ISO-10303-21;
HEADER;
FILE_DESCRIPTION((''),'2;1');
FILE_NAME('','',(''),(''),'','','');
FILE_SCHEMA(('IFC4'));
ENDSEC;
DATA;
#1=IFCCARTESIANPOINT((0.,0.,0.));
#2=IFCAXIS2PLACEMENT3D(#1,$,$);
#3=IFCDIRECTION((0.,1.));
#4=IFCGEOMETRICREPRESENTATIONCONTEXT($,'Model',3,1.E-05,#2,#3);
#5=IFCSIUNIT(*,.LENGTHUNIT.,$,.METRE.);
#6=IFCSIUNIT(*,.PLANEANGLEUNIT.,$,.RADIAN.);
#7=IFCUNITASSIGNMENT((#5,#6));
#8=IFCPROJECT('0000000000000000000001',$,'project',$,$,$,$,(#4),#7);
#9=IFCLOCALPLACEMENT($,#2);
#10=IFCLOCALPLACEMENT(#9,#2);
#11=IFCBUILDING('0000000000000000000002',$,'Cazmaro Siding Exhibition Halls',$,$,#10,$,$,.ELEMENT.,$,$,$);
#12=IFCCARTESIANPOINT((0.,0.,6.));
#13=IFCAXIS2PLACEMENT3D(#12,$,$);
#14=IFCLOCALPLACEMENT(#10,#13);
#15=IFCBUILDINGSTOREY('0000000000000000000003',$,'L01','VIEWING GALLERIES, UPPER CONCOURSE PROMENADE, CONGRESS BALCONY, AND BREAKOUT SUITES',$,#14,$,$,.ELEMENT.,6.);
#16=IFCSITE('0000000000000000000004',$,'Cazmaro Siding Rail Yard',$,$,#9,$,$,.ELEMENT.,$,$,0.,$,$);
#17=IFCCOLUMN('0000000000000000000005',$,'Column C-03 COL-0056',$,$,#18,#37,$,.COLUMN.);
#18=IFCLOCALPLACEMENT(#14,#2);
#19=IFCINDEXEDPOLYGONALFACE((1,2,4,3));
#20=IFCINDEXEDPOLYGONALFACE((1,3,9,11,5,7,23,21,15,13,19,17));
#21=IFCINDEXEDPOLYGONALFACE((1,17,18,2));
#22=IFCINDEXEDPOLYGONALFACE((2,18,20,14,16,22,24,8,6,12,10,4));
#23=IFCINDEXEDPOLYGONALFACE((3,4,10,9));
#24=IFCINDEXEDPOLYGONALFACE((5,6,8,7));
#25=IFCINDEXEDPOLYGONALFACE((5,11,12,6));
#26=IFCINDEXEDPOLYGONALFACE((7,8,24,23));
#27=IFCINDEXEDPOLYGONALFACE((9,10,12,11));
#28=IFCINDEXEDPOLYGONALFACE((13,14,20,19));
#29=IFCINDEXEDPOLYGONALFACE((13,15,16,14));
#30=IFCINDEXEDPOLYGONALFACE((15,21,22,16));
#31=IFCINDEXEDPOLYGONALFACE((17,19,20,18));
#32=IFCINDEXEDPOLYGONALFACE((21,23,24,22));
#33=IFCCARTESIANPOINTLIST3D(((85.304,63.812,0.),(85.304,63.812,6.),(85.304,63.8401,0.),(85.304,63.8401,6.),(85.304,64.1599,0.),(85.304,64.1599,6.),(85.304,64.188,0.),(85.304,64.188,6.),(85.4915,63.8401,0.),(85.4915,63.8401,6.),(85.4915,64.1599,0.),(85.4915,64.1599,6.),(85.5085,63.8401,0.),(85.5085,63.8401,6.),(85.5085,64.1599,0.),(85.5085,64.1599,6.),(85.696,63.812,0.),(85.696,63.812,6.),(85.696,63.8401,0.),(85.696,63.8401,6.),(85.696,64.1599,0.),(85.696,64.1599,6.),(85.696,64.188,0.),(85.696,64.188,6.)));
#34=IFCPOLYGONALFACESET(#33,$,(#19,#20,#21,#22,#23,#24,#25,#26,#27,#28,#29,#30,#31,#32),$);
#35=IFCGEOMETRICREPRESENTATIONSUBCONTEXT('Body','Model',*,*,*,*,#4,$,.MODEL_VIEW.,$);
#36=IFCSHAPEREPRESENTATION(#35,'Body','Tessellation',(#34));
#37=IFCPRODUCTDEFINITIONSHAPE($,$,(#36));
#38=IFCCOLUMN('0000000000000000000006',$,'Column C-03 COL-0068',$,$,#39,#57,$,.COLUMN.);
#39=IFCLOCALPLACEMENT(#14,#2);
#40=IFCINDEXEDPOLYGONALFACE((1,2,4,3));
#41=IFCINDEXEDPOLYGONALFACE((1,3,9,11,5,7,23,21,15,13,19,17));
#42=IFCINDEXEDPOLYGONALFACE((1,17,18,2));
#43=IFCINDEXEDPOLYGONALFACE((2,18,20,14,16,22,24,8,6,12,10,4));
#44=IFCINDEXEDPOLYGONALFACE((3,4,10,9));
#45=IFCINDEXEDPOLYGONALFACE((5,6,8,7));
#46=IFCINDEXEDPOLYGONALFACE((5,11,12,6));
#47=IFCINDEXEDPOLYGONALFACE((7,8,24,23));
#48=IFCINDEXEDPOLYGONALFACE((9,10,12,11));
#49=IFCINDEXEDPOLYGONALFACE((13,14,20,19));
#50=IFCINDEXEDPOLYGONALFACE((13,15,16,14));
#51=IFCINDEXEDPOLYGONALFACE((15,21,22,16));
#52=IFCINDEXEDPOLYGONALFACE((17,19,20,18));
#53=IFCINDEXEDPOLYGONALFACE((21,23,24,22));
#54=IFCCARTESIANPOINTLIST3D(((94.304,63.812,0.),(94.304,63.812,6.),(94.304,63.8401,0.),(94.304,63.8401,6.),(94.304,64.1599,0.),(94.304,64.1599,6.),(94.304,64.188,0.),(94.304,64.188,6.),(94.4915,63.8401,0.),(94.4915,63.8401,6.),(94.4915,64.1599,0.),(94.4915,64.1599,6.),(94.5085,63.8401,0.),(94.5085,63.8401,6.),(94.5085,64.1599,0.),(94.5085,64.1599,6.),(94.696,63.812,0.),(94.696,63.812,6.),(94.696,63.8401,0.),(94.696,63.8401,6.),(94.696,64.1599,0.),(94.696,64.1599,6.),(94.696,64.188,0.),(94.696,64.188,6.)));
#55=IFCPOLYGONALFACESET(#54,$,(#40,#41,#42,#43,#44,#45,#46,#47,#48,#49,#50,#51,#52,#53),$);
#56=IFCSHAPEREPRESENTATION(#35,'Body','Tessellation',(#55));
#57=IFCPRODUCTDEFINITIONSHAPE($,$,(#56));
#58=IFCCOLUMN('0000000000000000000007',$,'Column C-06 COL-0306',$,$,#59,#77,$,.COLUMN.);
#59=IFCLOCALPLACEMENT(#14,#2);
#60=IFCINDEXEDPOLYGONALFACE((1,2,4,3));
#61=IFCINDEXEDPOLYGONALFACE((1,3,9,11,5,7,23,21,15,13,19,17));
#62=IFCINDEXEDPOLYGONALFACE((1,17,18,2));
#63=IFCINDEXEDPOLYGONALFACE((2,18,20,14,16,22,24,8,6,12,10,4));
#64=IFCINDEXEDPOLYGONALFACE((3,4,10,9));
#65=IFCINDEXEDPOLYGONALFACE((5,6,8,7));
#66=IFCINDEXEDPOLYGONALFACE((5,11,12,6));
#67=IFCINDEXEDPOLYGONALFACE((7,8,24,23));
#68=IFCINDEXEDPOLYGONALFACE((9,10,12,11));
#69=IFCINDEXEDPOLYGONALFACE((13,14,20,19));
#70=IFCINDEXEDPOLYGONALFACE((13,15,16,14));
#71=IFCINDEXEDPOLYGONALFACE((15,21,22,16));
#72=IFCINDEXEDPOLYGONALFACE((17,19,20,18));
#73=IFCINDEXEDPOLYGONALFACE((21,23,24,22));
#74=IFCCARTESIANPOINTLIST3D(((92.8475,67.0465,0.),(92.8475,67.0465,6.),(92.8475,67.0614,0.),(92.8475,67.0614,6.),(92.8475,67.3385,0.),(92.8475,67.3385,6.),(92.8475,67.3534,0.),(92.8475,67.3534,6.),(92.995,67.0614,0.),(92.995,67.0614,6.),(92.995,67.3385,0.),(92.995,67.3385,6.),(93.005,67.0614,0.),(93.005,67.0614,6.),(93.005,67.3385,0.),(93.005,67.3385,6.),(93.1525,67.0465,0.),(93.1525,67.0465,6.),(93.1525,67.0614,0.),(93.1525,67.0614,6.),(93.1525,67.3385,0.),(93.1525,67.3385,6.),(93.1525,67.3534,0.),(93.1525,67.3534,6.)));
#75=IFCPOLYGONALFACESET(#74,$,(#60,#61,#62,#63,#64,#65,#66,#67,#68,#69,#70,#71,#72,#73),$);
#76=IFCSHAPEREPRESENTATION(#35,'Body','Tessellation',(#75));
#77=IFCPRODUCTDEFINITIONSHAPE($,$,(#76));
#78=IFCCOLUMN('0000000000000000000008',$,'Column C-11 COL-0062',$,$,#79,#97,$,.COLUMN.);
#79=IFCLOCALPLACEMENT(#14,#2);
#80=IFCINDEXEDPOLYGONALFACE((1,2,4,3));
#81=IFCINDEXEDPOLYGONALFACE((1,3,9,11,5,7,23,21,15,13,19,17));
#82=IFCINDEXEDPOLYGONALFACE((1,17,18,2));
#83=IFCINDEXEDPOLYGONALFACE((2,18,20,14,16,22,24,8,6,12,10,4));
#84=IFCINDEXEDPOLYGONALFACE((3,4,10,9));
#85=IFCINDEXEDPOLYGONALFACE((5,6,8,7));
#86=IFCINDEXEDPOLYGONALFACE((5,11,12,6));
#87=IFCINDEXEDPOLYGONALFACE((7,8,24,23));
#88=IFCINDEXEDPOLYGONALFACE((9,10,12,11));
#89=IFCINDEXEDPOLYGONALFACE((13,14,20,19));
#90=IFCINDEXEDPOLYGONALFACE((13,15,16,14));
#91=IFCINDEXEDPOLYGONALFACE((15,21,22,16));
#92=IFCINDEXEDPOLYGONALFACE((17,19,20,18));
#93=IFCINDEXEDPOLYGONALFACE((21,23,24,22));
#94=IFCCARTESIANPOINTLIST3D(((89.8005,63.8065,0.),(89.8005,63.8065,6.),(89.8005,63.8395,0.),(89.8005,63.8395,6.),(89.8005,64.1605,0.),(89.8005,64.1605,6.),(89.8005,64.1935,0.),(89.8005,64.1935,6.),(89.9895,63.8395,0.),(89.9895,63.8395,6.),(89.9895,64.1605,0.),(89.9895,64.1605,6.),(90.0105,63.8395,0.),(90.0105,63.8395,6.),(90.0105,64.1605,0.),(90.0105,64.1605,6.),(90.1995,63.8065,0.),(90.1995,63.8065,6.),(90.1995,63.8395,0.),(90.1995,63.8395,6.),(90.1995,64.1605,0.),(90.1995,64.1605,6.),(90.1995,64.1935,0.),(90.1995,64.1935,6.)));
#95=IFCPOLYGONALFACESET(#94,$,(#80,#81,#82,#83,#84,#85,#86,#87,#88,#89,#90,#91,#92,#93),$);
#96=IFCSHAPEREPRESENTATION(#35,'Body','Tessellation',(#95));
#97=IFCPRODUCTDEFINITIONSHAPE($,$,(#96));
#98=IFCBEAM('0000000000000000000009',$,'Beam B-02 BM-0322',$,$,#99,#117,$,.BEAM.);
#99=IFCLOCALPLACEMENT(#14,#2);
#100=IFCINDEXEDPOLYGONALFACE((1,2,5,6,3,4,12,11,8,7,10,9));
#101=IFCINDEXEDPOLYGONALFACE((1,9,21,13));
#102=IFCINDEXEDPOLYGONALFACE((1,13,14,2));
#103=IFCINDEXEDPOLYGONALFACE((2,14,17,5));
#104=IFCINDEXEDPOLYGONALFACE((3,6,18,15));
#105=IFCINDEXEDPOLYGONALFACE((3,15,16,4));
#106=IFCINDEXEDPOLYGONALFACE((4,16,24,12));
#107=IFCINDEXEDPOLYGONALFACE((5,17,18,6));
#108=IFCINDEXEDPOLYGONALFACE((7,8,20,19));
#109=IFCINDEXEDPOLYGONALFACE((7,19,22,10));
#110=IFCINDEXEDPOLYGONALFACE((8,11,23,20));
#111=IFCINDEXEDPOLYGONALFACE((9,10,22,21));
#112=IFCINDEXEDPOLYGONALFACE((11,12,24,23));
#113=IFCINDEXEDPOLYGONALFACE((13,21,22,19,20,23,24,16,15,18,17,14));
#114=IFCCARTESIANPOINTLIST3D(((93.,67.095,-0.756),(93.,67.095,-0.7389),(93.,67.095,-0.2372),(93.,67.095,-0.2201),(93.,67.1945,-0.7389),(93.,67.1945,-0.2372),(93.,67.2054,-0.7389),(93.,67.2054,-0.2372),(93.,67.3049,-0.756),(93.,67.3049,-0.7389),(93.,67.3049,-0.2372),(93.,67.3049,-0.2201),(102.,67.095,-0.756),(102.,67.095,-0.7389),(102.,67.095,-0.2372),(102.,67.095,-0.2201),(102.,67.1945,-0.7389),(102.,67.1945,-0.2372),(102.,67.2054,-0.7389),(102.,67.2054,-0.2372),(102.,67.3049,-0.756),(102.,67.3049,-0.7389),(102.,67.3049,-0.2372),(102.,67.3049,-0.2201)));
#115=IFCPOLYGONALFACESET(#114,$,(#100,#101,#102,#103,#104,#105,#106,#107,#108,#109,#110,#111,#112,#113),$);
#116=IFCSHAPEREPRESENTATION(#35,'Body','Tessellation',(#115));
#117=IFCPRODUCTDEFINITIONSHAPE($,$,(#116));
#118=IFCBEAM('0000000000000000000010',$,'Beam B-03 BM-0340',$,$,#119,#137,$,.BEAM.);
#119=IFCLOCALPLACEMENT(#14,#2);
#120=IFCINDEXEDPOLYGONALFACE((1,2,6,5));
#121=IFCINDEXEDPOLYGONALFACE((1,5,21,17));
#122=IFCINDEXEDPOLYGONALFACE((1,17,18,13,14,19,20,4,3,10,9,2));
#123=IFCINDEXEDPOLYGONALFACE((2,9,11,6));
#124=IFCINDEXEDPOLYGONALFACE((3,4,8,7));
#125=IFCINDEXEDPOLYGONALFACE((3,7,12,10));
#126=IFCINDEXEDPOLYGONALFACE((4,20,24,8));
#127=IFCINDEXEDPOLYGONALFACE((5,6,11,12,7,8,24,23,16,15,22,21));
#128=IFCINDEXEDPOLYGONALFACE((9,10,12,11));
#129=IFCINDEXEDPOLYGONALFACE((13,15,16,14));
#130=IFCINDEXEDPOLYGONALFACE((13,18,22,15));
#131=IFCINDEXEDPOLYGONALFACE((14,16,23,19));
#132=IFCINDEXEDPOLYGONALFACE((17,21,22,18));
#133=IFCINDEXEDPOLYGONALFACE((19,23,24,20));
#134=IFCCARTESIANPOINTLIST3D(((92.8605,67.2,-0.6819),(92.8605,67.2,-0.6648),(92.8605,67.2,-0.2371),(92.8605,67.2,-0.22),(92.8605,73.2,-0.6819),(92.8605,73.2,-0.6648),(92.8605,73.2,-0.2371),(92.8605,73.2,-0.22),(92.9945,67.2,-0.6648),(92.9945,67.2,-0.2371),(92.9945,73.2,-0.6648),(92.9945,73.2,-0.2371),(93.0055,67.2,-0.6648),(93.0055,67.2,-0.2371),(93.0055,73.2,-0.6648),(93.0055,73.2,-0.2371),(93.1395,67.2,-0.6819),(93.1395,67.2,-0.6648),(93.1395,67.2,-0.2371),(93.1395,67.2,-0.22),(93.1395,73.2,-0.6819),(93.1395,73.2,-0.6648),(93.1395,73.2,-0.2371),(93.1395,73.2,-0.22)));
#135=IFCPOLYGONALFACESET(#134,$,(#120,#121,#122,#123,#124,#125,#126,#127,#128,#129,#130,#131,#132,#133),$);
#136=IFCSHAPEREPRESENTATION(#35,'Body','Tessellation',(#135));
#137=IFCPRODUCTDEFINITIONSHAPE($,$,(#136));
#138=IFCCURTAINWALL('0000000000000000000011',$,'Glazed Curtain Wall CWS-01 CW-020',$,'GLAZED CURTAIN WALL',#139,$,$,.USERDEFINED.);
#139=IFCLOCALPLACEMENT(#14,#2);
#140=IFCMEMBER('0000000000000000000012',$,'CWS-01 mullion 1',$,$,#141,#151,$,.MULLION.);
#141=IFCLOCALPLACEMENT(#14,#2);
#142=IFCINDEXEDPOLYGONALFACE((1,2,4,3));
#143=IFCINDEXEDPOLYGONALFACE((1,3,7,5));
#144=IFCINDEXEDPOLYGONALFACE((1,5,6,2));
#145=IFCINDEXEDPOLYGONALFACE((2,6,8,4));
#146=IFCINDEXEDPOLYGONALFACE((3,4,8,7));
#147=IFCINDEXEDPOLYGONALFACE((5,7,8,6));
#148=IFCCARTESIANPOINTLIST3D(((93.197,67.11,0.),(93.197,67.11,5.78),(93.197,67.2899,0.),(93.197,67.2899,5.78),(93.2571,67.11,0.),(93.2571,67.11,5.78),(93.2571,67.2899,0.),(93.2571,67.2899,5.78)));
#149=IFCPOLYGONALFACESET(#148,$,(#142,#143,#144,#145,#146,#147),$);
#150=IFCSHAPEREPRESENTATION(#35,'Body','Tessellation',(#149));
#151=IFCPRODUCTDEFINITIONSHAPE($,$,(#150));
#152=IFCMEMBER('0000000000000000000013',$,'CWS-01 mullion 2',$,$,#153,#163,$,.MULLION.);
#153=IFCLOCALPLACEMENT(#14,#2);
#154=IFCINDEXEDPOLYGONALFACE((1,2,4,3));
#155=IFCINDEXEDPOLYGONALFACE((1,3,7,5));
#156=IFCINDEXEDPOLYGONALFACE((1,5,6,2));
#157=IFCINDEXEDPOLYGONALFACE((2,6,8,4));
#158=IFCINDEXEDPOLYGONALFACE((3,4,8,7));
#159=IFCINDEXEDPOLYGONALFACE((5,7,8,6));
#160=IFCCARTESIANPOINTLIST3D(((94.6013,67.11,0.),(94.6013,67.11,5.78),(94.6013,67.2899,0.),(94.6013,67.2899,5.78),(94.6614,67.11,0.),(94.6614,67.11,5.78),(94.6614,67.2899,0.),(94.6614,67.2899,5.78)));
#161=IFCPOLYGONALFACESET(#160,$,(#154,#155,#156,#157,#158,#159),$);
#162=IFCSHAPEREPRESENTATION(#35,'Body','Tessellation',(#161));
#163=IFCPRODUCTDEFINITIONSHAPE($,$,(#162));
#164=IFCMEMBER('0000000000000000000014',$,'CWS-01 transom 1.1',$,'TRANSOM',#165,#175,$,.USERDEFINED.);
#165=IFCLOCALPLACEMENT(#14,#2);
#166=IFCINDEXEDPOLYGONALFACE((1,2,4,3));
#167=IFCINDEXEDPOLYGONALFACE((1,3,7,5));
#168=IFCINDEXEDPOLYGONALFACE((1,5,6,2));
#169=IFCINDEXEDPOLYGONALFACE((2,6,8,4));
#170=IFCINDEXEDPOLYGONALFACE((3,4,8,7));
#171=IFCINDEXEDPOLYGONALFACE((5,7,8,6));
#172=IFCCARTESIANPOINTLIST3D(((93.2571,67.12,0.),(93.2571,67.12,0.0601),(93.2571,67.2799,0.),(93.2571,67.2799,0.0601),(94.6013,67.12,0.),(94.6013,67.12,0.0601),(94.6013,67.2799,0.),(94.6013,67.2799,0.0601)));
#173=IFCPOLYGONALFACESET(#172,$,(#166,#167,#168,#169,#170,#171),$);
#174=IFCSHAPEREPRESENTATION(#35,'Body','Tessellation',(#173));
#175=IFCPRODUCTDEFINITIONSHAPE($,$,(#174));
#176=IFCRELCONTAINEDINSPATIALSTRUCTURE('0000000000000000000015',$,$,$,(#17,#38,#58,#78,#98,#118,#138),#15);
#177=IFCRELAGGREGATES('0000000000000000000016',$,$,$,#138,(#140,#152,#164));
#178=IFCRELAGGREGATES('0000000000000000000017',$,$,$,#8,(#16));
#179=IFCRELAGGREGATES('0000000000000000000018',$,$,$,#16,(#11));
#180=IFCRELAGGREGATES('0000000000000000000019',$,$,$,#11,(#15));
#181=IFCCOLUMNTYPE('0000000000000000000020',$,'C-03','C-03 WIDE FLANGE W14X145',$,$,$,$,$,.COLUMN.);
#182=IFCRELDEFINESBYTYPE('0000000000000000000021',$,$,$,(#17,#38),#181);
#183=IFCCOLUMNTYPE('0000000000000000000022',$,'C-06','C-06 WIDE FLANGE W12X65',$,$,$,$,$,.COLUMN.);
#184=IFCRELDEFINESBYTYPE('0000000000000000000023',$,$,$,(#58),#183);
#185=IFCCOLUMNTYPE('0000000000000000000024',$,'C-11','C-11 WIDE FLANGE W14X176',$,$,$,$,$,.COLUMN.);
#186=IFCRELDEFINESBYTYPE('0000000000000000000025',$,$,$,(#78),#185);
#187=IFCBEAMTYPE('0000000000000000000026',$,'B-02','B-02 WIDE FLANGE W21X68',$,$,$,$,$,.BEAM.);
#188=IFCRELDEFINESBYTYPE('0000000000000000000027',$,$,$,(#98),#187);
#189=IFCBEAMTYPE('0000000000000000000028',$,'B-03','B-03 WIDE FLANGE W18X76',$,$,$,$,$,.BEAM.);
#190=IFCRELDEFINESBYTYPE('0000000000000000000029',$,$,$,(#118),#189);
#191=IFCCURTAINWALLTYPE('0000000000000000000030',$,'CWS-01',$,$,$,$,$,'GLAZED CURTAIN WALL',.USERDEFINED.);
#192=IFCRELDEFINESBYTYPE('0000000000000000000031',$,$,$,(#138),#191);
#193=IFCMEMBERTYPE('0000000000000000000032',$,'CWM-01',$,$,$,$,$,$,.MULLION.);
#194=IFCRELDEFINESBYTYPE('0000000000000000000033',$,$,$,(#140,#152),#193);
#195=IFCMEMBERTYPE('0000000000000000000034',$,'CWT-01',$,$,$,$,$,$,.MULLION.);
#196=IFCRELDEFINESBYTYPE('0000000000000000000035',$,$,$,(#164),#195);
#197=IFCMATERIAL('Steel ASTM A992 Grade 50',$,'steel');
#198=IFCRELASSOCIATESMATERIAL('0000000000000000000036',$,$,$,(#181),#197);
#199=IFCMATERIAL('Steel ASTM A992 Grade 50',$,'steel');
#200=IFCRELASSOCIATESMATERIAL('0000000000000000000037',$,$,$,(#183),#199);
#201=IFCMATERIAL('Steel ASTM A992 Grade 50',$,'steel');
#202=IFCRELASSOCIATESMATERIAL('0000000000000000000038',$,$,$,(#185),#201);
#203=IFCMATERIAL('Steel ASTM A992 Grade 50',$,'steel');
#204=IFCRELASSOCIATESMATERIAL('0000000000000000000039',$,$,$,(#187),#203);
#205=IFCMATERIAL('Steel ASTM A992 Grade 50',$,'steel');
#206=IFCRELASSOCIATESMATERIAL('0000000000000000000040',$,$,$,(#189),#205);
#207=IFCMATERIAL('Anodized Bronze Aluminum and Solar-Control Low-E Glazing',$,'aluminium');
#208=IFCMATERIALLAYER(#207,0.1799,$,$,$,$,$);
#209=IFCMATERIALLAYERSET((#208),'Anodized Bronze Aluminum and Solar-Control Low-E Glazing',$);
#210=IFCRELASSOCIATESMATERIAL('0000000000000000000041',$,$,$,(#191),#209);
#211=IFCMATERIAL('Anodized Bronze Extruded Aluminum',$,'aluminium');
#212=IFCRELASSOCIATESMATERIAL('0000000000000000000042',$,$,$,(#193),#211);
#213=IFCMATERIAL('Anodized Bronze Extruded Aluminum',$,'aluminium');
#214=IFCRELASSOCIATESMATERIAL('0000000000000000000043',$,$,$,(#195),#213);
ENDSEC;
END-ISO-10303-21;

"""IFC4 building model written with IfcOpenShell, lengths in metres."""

from ifc_helpers import new_model, si_unit, direction, frame, origin, origin_2d, place, context, subcontext, project, spatial, rectangle, i_section, extrude, material, layer, layer_set, material_profile, profile_set, type_object, element, aggregate, save


model = new_model("IFC4")

# Units and contexts
model_context = context("Model", 3, precision=1e-05, world=origin(), true_north=direction((0.0, 1.0)))
body_context = subcontext(model_context, "Body", "Model", "MODEL_VIEW")
ifc_project = project(units=[si_unit("LENGTHUNIT", "METRE"), si_unit("PLANEANGLEUNIT", "RADIAN")], contexts=[model_context])

# Site, building, storey
site_placement = place(None, origin())
site = spatial("IfcSite", under=ifc_project, at=site_placement, Name="Cazmaro Siding Rail Yard", CompositionType="ELEMENT", RefElevation=0.0)
building_placement = place(site_placement, origin())
building = spatial("IfcBuilding", under=site, at=building_placement, Name="Cazmaro Siding Exhibition Halls", CompositionType="ELEMENT")
storey_placement = place(building_placement, frame((0.0, 0.0, 6.0)))
storey = spatial("IfcBuildingStorey", under=building, at=storey_placement, Name="L01", Description="VIEWING GALLERIES, UPPER CONCOURSE PROMENADE, CONGRESS BALCONY, AND BREAKOUT SUITES", CompositionType="ELEMENT", Elevation=6.0)

# Columns
ifc_material_1 = material(Name="Steel ASTM A992 Grade 50", Category="steel")
ifc_material_profile_1 = material_profile(ifc_material_1, i_section(OverallWidth=0.3921, OverallDepth=0.376, WebThickness=0.0171, FlangeThickness=0.0281, at=origin_2d()), Name="W14X145")
ifc_profile_set_1 = profile_set([ifc_material_profile_1], Name="Steel ASTM A992 Grade 50")
column_type_1 = type_object("IfcColumnType", Name="C-03", Description="C-03 WIDE FLANGE W14X145", PredefinedType="COLUMN", material=ifc_profile_set_1)
for number, where, z_axis, x_axis, name in (
    (1, (85.5, 64.0, 0.0), (0.0, 0.0, 1.0), (1.0, 0.0, 0.0), "Column C-03 COL-0056"),
    (2, (94.5, 64.0, 0.0), (0.0, 0.0, 1.0), (1.0, 0.0, 0.0), "Column C-03 COL-0068"),
):
    element("IfcColumn", number, at=place(storey_placement, frame(where, z_axis=z_axis, x_axis=x_axis)), inside=storey, type_object=column_type_1, Name=name, PredefinedType="COLUMN", context=body_context, shape_type="SweptSolid", body=[
        extrude(i_section(OverallWidth=0.3921, OverallDepth=0.376, WebThickness=0.0171, FlangeThickness=0.0281, at=origin_2d()), origin(), (0.0, 0.0, 1.0), 6.0),
    ])
ifc_material_2 = material(Name="Steel ASTM A992 Grade 50", Category="steel")
ifc_material_profile_2 = material_profile(ifc_material_2, i_section(OverallWidth=0.3049, OverallDepth=0.3069, WebThickness=0.01, FlangeThickness=0.0149, at=origin_2d()), Name="W12X65")
ifc_profile_set_2 = profile_set([ifc_material_profile_2], Name="Steel ASTM A992 Grade 50")
column_type_2 = type_object("IfcColumnType", Name="C-06", Description="C-06 WIDE FLANGE W12X65", PredefinedType="COLUMN", material=ifc_profile_set_2)
column_1_placement = place(storey_placement, frame((93.0, 67.2, 0.0), z_axis=(0.0, 0.0, 1.0), x_axis=(1.0, 0.0, 0.0)))
element("IfcColumn", 3, at=column_1_placement, inside=storey, type_object=column_type_2, Name="Column C-06 COL-0306", PredefinedType="COLUMN", context=body_context, shape_type="SweptSolid", body=[
    extrude(i_section(OverallWidth=0.3049, OverallDepth=0.3069, WebThickness=0.01, FlangeThickness=0.0149, at=origin_2d()), origin(), (0.0, 0.0, 1.0), 6.0),
])
ifc_material_3 = material(Name="Steel ASTM A992 Grade 50", Category="steel")
ifc_material_profile_3 = material_profile(ifc_material_3, i_section(OverallWidth=0.3989, OverallDepth=0.387, WebThickness=0.021, FlangeThickness=0.033, at=origin_2d()), Name="W14X176")
ifc_profile_set_3 = profile_set([ifc_material_profile_3], Name="Steel ASTM A992 Grade 50")
column_type_3 = type_object("IfcColumnType", Name="C-11", Description="C-11 WIDE FLANGE W14X176", PredefinedType="COLUMN", material=ifc_profile_set_3)
column_2_placement = place(storey_placement, frame((90.0, 64.0, 0.0), z_axis=(0.0, 0.0, 1.0), x_axis=(1.0, 0.0, 0.0)))
element("IfcColumn", 4, at=column_2_placement, inside=storey, type_object=column_type_3, Name="Column C-11 COL-0062", PredefinedType="COLUMN", context=body_context, shape_type="SweptSolid", body=[
    extrude(i_section(OverallWidth=0.3989, OverallDepth=0.387, WebThickness=0.021, FlangeThickness=0.033, at=origin_2d()), origin(), (0.0, 0.0, 1.0), 6.0),
])

# Beams
ifc_material_4 = material(Name="Steel ASTM A992 Grade 50", Category="steel")
ifc_material_profile_4 = material_profile(ifc_material_4, i_section(OverallWidth=0.21, OverallDepth=0.5359, WebThickness=0.011, FlangeThickness=0.0171, at=origin_2d()), Name="W21X68")
ifc_profile_set_4 = profile_set([ifc_material_profile_4], Name="Steel ASTM A992 Grade 50")
beam_type_1 = type_object("IfcBeamType", Name="B-02", Description="B-02 WIDE FLANGE W21X68", PredefinedType="BEAM", material=ifc_profile_set_4)
beam_1_placement = place(storey_placement, frame((93.0, 67.2, -0.488), z_axis=(1.0, 0.0, 0.0), x_axis=(0.0, 1.0, 0.0)))
element("IfcBeam", 5, at=beam_1_placement, inside=storey, type_object=beam_type_1, Name="Beam B-02 BM-0322", PredefinedType="BEAM", context=body_context, shape_type="SweptSolid", body=[
    extrude(i_section(OverallWidth=0.21, OverallDepth=0.5359, WebThickness=0.011, FlangeThickness=0.0171, at=origin_2d()), origin(), (0.0, 0.0, 1.0), 9.0),
])
ifc_material_5 = material(Name="Steel ASTM A992 Grade 50", Category="steel")
ifc_material_profile_5 = material_profile(ifc_material_5, i_section(OverallWidth=0.2791, OverallDepth=0.4619, WebThickness=0.011, FlangeThickness=0.0171, at=origin_2d()), Name="W18X76")
ifc_profile_set_5 = profile_set([ifc_material_profile_5], Name="Steel ASTM A992 Grade 50")
beam_type_2 = type_object("IfcBeamType", Name="B-03", Description="B-03 WIDE FLANGE W18X76", PredefinedType="BEAM", material=ifc_profile_set_5)
beam_2_placement = place(storey_placement, frame((93.0, 67.2, -0.4509), z_axis=(0.0, 1.0, 0.0), x_axis=(-1.0, 0.0, 0.0)))
element("IfcBeam", 6, at=beam_2_placement, inside=storey, type_object=beam_type_2, Name="Beam B-03 BM-0340", PredefinedType="BEAM", context=body_context, shape_type="SweptSolid", body=[
    extrude(i_section(OverallWidth=0.2791, OverallDepth=0.4619, WebThickness=0.011, FlangeThickness=0.0171, at=origin_2d()), origin(), (0.0, 0.0, 1.0), 6.0),
])

# Curtain wall, members
ifc_material_6 = material(Name="Anodized Bronze Aluminum and Solar-Control Low-E Glazing", Category="aluminium")
ifc_layer_1 = layer(ifc_material_6, 0.1799)
ifc_layer_set_1 = layer_set([ifc_layer_1], Name="Anodized Bronze Aluminum and Solar-Control Low-E Glazing")
curtain_wall_type = type_object("IfcCurtainWallType", Name="CWS-01", ElementType="GLAZED CURTAIN WALL", PredefinedType="USERDEFINED", material=ifc_layer_set_1)
curtain_wall_placement = place(storey_placement, origin())
curtain_wall = element("IfcCurtainWall", 7, at=curtain_wall_placement, inside=storey, type_object=curtain_wall_type, Name="Glazed Curtain Wall CWS-01 CW-020", ObjectType="GLAZED CURTAIN WALL", PredefinedType="USERDEFINED")
ifc_material_7 = material(Name="Anodized Bronze Extruded Aluminum", Category="aluminium")
ifc_material_profile_6 = material_profile(ifc_material_7, rectangle(XDim=0.1799, YDim=0.0601, at=origin_2d()), Name="CWM-01")
ifc_profile_set_6 = profile_set([ifc_material_profile_6], Name="Anodized Bronze Extruded Aluminum")
member_type_1 = type_object("IfcMemberType", Name="CWM-01", PredefinedType="MULLION", material=ifc_profile_set_6)
member_1_placement = place(storey_placement, frame((93.2271, 67.2, 0.0), z_axis=(0.0, 0.0, 1.0), x_axis=(0.0, 1.0, 0.0)))
member_1 = element("IfcMember", 8, at=member_1_placement, type_object=member_type_1, Name="CWS-01 mullion 1", PredefinedType="MULLION", context=body_context, shape_type="SweptSolid", body=[
    extrude(rectangle(XDim=0.1799, YDim=0.0601, at=origin_2d()), origin(), (0.0, 0.0, 1.0), 5.78),
])
member_2_placement = place(storey_placement, frame((94.6313, 67.2, 0.0), z_axis=(0.0, 0.0, 1.0), x_axis=(0.0, 1.0, 0.0)))
member_2 = element("IfcMember", 9, at=member_2_placement, type_object=member_type_1, Name="CWS-01 mullion 2", PredefinedType="MULLION", context=body_context, shape_type="SweptSolid", body=[
    extrude(rectangle(XDim=0.1799, YDim=0.0601, at=origin_2d()), origin(), (0.0, 0.0, 1.0), 5.78),
])
ifc_material_8 = material(Name="Anodized Bronze Extruded Aluminum", Category="aluminium")
ifc_material_profile_7 = material_profile(ifc_material_8, rectangle(XDim=0.1599, YDim=0.0601, at=origin_2d()), Name="CWT-01")
ifc_profile_set_7 = profile_set([ifc_material_profile_7], Name="Anodized Bronze Extruded Aluminum")
member_type_2 = type_object("IfcMemberType", Name="CWT-01", PredefinedType="MULLION", material=ifc_profile_set_7)
member_3_placement = place(storey_placement, frame((93.2571, 67.2, 0.03), z_axis=(1.0, 0.0, 0.0), x_axis=(0.0, 1.0, 0.0)))
member_3 = element("IfcMember", 10, at=member_3_placement, type_object=member_type_2, Name="CWS-01 transom 1.1", ObjectType="TRANSOM", PredefinedType="USERDEFINED", context=body_context, shape_type="SweptSolid", body=[
    extrude(rectangle(XDim=0.1599, YDim=0.0601, at=origin_2d()), origin(), (0.0, 0.0, 1.0), 1.3442),
])

aggregate(curtain_wall, [member_1, member_2, member_3])

save(model, "model.ifc")
